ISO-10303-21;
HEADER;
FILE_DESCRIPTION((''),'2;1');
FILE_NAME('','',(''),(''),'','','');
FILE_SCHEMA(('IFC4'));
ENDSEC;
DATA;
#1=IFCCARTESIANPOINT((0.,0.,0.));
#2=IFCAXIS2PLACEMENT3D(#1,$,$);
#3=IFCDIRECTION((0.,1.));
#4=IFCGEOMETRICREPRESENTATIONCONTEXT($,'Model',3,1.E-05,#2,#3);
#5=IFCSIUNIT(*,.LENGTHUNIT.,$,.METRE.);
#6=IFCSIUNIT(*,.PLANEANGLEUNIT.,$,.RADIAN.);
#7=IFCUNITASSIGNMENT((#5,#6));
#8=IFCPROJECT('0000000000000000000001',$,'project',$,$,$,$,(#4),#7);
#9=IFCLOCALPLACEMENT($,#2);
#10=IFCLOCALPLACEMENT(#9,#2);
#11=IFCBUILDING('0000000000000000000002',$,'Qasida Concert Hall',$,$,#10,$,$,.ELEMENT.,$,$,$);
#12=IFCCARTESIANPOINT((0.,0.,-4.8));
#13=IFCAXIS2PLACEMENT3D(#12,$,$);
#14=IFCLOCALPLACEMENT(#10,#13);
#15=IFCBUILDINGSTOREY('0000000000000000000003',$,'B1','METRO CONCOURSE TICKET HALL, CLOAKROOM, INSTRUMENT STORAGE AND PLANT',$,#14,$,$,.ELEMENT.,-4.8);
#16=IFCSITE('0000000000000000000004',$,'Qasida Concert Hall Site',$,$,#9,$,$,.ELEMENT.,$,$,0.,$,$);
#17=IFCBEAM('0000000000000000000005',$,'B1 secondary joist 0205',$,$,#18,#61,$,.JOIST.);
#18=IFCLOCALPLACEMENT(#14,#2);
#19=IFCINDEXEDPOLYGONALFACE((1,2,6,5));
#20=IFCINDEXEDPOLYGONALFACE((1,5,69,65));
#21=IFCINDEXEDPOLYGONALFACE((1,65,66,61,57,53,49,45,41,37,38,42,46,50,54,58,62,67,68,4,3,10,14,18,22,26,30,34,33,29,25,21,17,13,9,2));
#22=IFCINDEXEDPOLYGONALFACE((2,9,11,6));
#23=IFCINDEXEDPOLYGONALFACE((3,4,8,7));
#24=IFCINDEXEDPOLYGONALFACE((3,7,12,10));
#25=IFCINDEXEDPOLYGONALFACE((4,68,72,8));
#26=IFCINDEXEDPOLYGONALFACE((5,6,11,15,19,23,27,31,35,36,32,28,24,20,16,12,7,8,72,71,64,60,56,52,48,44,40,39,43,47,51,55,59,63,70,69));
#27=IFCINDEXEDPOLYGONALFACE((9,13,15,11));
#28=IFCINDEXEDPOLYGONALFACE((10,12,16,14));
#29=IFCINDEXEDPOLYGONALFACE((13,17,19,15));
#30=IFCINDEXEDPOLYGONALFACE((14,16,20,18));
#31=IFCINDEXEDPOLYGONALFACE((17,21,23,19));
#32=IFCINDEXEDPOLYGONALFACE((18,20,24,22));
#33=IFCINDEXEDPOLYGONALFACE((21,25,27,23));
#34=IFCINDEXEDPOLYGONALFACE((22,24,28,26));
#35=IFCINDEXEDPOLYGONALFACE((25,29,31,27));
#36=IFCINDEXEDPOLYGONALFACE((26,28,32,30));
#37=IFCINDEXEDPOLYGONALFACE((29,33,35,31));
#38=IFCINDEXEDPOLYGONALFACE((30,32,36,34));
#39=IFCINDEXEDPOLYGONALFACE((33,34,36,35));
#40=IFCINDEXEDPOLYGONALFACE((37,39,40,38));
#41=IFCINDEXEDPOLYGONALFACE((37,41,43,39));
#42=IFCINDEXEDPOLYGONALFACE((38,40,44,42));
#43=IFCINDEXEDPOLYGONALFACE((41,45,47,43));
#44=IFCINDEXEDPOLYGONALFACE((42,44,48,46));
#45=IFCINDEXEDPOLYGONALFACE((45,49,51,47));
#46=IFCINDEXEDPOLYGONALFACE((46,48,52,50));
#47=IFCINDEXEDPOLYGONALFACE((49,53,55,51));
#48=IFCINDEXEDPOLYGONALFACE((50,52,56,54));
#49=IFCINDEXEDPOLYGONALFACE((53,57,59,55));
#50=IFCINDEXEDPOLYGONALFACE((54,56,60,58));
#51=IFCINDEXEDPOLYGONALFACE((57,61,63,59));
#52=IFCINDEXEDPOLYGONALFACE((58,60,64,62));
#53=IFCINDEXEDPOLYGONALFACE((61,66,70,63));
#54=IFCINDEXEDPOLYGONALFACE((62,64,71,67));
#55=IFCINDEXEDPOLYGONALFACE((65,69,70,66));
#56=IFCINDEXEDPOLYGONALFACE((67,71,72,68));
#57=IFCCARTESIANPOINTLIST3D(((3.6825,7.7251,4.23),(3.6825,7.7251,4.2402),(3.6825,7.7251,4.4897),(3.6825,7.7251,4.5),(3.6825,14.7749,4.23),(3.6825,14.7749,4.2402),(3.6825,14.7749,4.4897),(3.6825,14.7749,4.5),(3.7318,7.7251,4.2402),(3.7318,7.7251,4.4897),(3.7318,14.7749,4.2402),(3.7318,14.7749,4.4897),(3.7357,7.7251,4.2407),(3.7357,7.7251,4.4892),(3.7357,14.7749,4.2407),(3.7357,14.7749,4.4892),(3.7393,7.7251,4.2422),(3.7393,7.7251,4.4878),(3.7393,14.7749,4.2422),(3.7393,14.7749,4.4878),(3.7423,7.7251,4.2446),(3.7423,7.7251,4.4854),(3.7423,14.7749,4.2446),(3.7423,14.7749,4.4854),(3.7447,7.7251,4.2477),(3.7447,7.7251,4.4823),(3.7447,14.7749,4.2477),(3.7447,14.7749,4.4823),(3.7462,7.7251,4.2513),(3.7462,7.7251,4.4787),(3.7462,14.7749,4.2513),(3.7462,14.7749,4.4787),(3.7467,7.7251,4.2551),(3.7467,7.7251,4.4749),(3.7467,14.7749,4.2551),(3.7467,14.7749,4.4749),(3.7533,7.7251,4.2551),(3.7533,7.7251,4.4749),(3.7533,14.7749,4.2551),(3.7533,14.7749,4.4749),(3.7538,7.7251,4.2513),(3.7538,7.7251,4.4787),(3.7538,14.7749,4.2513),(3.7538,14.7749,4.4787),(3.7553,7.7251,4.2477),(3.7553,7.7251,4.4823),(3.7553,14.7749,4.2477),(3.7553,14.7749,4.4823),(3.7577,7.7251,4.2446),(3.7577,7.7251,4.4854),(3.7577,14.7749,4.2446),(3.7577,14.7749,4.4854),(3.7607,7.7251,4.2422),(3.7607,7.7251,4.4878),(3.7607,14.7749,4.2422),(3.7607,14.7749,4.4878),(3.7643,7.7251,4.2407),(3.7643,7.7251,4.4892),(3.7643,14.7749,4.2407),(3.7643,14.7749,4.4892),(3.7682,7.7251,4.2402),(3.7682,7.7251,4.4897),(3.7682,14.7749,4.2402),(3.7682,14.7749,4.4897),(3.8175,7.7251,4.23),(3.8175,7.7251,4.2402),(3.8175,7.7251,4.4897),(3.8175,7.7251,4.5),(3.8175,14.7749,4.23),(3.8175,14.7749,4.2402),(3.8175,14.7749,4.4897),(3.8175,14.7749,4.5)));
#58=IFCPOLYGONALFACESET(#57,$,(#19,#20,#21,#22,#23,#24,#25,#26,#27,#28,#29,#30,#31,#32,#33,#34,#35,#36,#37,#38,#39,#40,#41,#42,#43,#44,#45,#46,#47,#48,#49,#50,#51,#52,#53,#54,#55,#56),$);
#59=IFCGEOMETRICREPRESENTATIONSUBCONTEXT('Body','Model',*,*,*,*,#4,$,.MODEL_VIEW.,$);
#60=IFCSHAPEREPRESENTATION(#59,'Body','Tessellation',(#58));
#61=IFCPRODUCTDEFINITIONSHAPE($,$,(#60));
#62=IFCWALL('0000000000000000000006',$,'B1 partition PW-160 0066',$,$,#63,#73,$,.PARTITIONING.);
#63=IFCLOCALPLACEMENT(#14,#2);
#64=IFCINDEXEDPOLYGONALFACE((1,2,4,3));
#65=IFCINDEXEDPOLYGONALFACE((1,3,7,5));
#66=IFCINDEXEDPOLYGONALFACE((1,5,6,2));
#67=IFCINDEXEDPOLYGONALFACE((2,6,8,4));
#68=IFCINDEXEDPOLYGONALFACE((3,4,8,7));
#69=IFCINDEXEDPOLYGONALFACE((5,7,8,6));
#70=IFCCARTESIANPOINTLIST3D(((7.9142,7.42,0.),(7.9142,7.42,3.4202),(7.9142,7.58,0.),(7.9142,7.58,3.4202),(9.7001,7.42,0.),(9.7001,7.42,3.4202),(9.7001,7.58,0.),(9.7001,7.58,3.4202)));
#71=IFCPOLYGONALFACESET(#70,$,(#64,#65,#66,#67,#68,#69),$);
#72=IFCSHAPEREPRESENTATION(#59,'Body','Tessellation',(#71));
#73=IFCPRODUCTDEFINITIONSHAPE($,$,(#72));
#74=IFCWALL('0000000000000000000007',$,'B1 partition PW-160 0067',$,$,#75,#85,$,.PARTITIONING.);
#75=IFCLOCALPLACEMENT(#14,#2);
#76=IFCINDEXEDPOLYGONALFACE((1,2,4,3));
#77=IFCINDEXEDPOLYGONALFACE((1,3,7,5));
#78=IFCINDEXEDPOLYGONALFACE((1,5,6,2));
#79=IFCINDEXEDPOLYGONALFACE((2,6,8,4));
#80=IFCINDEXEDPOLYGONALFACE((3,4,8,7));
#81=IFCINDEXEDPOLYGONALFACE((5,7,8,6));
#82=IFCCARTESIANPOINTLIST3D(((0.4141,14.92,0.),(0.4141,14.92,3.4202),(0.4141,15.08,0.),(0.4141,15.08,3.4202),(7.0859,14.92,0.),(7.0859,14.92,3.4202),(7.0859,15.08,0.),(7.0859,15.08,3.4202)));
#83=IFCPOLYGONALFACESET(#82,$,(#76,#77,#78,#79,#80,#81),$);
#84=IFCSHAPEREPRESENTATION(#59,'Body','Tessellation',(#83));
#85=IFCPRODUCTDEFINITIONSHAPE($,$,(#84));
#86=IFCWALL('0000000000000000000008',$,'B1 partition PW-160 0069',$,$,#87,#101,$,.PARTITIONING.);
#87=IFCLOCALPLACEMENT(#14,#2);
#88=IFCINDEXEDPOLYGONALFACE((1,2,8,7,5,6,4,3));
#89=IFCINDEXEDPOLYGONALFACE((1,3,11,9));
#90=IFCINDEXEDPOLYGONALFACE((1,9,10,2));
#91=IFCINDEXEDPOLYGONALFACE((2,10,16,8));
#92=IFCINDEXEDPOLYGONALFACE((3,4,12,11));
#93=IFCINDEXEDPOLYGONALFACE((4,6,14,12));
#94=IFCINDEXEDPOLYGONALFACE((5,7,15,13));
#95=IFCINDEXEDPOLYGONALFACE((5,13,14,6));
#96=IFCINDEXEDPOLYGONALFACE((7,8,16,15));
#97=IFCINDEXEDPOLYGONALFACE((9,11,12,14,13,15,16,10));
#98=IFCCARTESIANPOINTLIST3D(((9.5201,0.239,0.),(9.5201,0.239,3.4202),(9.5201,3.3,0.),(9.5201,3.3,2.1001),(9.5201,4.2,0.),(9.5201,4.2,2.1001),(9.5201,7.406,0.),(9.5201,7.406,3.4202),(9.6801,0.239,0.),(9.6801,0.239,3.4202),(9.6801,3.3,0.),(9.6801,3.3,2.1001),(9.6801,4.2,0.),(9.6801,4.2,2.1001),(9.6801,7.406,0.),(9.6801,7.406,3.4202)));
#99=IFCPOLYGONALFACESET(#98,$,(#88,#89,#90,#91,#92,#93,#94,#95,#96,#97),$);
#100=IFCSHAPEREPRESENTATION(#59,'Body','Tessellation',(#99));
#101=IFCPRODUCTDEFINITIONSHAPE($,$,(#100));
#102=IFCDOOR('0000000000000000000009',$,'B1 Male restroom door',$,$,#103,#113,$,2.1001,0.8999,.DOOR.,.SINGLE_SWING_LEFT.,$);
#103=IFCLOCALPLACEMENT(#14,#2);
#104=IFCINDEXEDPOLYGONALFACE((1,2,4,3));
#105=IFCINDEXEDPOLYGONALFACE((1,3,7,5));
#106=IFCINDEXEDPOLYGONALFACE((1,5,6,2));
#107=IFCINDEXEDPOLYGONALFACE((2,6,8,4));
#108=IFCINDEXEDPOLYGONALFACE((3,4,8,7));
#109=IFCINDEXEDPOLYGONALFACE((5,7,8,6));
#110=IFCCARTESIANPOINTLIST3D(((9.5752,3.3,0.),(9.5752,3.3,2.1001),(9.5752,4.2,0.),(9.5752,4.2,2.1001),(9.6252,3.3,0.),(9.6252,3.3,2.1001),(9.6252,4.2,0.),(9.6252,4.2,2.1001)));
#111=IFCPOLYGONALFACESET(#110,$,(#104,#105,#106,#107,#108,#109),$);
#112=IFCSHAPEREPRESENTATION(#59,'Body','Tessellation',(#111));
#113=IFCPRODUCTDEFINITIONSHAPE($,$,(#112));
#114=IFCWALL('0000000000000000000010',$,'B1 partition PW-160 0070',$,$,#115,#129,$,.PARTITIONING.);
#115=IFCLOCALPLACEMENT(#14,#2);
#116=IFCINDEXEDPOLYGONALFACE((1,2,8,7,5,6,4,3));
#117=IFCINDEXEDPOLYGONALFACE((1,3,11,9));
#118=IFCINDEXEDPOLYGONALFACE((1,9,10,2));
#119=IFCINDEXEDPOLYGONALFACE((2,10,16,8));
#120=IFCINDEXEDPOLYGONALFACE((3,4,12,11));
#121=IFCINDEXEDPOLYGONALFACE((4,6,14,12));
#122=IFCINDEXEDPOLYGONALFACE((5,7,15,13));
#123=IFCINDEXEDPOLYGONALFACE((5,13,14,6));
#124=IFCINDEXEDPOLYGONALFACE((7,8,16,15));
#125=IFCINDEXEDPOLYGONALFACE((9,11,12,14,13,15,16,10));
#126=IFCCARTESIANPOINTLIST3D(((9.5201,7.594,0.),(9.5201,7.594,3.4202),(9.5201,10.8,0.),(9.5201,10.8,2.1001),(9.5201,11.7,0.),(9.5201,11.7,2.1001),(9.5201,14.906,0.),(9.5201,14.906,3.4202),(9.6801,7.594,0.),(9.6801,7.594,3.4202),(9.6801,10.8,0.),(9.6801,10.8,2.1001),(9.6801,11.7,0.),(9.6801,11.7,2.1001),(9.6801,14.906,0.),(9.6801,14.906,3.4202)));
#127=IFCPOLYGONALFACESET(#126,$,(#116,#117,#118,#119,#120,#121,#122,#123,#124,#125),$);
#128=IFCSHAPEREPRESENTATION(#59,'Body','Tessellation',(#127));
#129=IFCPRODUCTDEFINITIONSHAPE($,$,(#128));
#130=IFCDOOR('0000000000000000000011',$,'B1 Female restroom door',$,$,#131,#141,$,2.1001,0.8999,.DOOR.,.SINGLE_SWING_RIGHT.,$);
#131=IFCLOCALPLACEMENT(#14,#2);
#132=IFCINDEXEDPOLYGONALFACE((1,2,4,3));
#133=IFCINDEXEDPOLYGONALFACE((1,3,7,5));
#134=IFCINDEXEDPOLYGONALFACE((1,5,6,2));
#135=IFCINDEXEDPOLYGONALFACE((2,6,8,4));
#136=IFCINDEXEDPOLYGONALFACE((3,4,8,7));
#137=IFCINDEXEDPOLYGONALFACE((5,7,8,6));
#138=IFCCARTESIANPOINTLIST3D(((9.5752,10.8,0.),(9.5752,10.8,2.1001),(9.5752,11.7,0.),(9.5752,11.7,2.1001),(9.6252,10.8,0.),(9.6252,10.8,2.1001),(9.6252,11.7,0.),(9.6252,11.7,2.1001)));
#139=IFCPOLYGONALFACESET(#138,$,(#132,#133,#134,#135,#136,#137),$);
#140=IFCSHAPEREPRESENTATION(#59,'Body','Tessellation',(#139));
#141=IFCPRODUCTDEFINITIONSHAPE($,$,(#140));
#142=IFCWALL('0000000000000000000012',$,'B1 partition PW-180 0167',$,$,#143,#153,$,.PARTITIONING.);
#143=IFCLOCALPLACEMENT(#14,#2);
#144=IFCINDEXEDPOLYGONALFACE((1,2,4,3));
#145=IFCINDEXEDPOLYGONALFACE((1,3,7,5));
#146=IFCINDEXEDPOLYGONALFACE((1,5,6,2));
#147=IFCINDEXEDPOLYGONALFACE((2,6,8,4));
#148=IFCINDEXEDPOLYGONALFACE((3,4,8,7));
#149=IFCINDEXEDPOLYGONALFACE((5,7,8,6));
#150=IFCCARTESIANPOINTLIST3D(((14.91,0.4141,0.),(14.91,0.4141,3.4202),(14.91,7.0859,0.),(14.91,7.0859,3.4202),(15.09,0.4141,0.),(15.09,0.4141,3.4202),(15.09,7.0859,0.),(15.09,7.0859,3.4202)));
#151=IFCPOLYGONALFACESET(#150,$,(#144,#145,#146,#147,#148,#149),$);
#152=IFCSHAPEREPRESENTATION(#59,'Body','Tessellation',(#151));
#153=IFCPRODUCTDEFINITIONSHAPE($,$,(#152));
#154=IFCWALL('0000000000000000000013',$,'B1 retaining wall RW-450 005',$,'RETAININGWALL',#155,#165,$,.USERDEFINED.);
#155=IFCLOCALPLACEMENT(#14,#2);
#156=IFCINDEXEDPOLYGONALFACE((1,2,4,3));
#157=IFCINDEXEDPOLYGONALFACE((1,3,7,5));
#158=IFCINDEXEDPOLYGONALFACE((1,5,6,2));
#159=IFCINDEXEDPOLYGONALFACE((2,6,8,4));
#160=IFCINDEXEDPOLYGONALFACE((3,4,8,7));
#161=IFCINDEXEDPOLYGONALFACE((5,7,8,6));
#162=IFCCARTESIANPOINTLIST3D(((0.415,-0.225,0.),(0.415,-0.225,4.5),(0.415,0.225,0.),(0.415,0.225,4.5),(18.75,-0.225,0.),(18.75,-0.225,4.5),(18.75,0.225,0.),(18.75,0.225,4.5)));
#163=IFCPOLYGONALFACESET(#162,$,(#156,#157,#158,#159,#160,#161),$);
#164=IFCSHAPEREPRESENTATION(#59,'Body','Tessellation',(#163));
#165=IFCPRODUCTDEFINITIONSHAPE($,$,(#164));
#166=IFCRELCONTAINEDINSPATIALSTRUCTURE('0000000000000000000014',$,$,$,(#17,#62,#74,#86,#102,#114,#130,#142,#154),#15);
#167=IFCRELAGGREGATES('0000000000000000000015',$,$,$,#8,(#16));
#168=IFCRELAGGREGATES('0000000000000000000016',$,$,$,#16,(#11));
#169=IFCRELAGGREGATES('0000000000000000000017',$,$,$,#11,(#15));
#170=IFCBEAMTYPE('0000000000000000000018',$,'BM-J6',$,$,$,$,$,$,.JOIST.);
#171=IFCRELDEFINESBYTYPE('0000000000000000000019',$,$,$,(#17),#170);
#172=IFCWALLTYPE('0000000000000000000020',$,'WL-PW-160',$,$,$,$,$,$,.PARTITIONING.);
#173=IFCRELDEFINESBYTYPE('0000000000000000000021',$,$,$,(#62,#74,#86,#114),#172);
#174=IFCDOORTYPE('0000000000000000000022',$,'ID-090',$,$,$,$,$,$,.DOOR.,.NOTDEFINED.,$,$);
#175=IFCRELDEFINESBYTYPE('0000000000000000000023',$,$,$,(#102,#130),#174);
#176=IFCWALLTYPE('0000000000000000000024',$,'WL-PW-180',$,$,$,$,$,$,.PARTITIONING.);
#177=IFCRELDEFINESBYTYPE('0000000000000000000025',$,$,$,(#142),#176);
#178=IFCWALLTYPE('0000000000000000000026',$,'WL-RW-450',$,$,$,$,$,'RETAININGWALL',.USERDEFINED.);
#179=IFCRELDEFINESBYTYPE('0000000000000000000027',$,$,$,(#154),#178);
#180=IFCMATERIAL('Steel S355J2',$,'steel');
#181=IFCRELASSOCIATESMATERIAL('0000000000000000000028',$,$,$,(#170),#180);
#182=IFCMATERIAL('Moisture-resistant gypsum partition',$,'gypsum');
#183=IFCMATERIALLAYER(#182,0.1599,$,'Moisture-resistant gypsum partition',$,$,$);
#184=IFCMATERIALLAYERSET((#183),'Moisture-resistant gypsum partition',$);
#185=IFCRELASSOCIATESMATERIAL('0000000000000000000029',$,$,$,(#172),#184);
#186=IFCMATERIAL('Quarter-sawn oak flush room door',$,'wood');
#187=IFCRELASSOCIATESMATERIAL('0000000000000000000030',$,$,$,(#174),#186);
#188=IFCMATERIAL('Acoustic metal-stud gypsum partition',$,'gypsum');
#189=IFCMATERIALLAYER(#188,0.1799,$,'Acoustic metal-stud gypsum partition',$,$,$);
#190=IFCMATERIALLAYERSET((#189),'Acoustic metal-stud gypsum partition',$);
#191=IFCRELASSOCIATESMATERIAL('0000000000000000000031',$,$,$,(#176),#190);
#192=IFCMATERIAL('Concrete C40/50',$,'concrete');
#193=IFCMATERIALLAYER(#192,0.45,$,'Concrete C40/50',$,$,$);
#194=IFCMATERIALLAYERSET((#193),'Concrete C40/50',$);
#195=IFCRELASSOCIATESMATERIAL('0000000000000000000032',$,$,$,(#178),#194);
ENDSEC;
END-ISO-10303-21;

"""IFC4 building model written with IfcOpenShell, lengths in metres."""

from ifc_helpers import new_model, si_unit, direction, frame, frame_2d, origin, origin_2d, place, context, subcontext, project, spatial, rectangle, i_section, extrude, material, layer, layer_set, material_profile, profile_set, type_object, element, fill, save


model = new_model("IFC4")

# Units and contexts
model_context = context("Model", 3, precision=1e-05, world=origin(), true_north=direction((0.0, 1.0)))
body_context = subcontext(model_context, "Body", "Model", "MODEL_VIEW")
ifc_project = project(units=[si_unit("LENGTHUNIT", "METRE"), si_unit("PLANEANGLEUNIT", "RADIAN")], contexts=[model_context])

# Site, building, storey
site_placement = place(None, origin())
site = spatial("IfcSite", under=ifc_project, at=site_placement, Name="Qasida Concert Hall Site", CompositionType="ELEMENT", RefElevation=0.0)
building_placement = place(site_placement, origin())
building = spatial("IfcBuilding", under=site, at=building_placement, Name="Qasida Concert Hall", CompositionType="ELEMENT")
storey_placement = place(building_placement, frame((0.0, 0.0, -4.8)))
storey = spatial("IfcBuildingStorey", under=building, at=storey_placement, Name="B1", Description="METRO CONCOURSE TICKET HALL, CLOAKROOM, INSTRUMENT STORAGE AND PLANT", CompositionType="ELEMENT", Elevation=-4.8)

# Shared definitions
ifc_material_1 = material(Name="Concrete C40/50", Category="concrete")

# Beam
ifc_material_2 = material(Name="Steel S355J2", Category="steel")
ifc_material_profile_1 = material_profile(ifc_material_2, i_section(OverallWidth=0.135, OverallDepth=0.27, WebThickness=0.0066, FlangeThickness=0.0103, FilletRadius=0.0149, at=origin_2d()), Name="IPE 270")
ifc_profile_set_1 = profile_set([ifc_material_profile_1], Name="Steel S355J2")
beam_type_1 = type_object("IfcBeamType", Name="BM-J6", PredefinedType="JOIST", material=ifc_profile_set_1)
beam_1_placement = place(storey_placement, frame((3.75, 7.7251, 4.365), z_axis=(0.0, 1.0, 0.0), x_axis=(-1.0, 0.0, 0.0)))
element("IfcBeam", 1, at=beam_1_placement, inside=storey, type_object=beam_type_1, Name="B1 secondary joist 0205", PredefinedType="JOIST", context=body_context, shape_type="SweptSolid", body=[
    extrude(i_section(OverallWidth=0.135, OverallDepth=0.27, WebThickness=0.0066, FlangeThickness=0.0103, FilletRadius=0.0149, at=origin_2d()), origin(), (0.0, 0.0, 1.0), 7.0498),
])

# Walls
ifc_material_3 = material(Name="Moisture-resistant gypsum partition", Category="gypsum")
ifc_layer_1 = layer(ifc_material_3, 0.1599, Name="Moisture-resistant gypsum partition")
ifc_layer_set_1 = layer_set([ifc_layer_1], Name="Moisture-resistant gypsum partition")
wall_type_1 = type_object("IfcWallType", Name="WL-PW-160", PredefinedType="PARTITIONING", material=ifc_layer_set_1)
wall_1_placement = place(storey_placement, frame((7.9141, 7.5, 0.0), z_axis=(0.0, 0.0, 1.0), x_axis=(1.0, 0.0, 0.0)))
element("IfcWall", 2, at=wall_1_placement, inside=storey, type_object=wall_type_1, Name="B1 partition PW-160 0066", PredefinedType="PARTITIONING", context=body_context, shape_type="SweptSolid", body=[
    extrude(rectangle(XDim=1.7859, YDim=0.1599, at=frame_2d((0.8931, 0.0))), origin(), (0.0, 0.0, 1.0), 3.4202),
])
wall_2_placement = place(storey_placement, frame((0.4141, 15.0, 0.0), z_axis=(0.0, 0.0, 1.0), x_axis=(1.0, 0.0, 0.0)))
element("IfcWall", 3, at=wall_2_placement, inside=storey, type_object=wall_type_1, Name="B1 partition PW-160 0067", PredefinedType="PARTITIONING", context=body_context, shape_type="SweptSolid", body=[
    extrude(rectangle(XDim=6.6719, YDim=0.1599, at=frame_2d((3.3359, 0.0))), origin(), (0.0, 0.0, 1.0), 3.4202),
])

# Walls, openings, doors
wall_3_placement = place(storey_placement, frame((9.6001, 0.239, 0.0), z_axis=(0.0, 0.0, 1.0), x_axis=(0.0, 1.0, 0.0)))
wall_3 = element("IfcWall", 4, at=wall_3_placement, inside=storey, type_object=wall_type_1, Name="B1 partition PW-160 0069", PredefinedType="PARTITIONING", context=body_context, shape_type="SweptSolid", body=[
    extrude(rectangle(XDim=7.167, YDim=0.1599, at=frame_2d((3.5835, 0.0))), origin(), (0.0, 0.0, 1.0), 3.4202),
])
opening_1_placement = place(wall_3_placement, frame((3.061, 0.0, 0.0)))
opening_1 = element("IfcOpeningElement", 5, at=opening_1_placement, cuts=wall_3, PredefinedType="OPENING", context=body_context, shape_type="SweptSolid", body=[
    extrude(rectangle(XDim=0.8999, YDim=2.1001, at=frame_2d((0.45, 1.05))), frame((0.0, 0.0898, 0.0), z_axis=(0.0, -1.0, 0.0), x_axis=(1.0, 0.0, 0.0)), (0.0, 0.0, 1.0), 0.1799),
])
ifc_material_4 = material(Name="Quarter-sawn oak flush room door", Category="wood")
door_type_1 = type_object("IfcDoorType", Name="ID-090", OperationType="NOTDEFINED", PredefinedType="DOOR", material=ifc_material_4)
door_1_placement = place(opening_1_placement, origin())
door_1 = element("IfcDoor", 6, at=door_1_placement, inside=storey, type_object=door_type_1, Name="B1 Male restroom door", OperationType="SINGLE_SWING_LEFT", OverallHeight=2.1001, OverallWidth=0.8999, PredefinedType="DOOR", context=body_context, shape_type="SweptSolid", body=[
    extrude(rectangle(XDim=0.8999, YDim=2.1001, at=frame_2d((0.45, 1.05))), frame((0.0, 0.0249, 0.0), z_axis=(0.0, -1.0, 0.0), x_axis=(1.0, 0.0, 0.0)), (0.0, 0.0, 1.0), 0.05),
])
fill(opening_1, door_1)
wall_4_placement = place(storey_placement, frame((9.6001, 7.594, 0.0), z_axis=(0.0, 0.0, 1.0), x_axis=(0.0, 1.0, 0.0)))
wall_4 = element("IfcWall", 7, at=wall_4_placement, inside=storey, type_object=wall_type_1, Name="B1 partition PW-160 0070", PredefinedType="PARTITIONING", context=body_context, shape_type="SweptSolid", body=[
    extrude(rectangle(XDim=7.312, YDim=0.1599, at=frame_2d((3.656, 0.0))), origin(), (0.0, 0.0, 1.0), 3.4202),
])
opening_2_placement = place(wall_4_placement, frame((3.2061, 0.0, 0.0)))
opening_2 = element("IfcOpeningElement", 8, at=opening_2_placement, cuts=wall_4, PredefinedType="OPENING", context=body_context, shape_type="SweptSolid", body=[
    extrude(rectangle(XDim=0.8999, YDim=2.1001, at=frame_2d((0.45, 1.05))), frame((0.0, 0.0898, 0.0), z_axis=(0.0, -1.0, 0.0), x_axis=(1.0, 0.0, 0.0)), (0.0, 0.0, 1.0), 0.1799),
])
door_2_placement = place(opening_2_placement, origin())
door_2 = element("IfcDoor", 9, at=door_2_placement, inside=storey, type_object=door_type_1, Name="B1 Female restroom door", OperationType="SINGLE_SWING_RIGHT", OverallHeight=2.1001, OverallWidth=0.8999, PredefinedType="DOOR", context=body_context, shape_type="SweptSolid", body=[
    extrude(rectangle(XDim=0.8999, YDim=2.1001, at=frame_2d((0.45, 1.05))), frame((0.0, 0.0249, 0.0), z_axis=(0.0, -1.0, 0.0), x_axis=(1.0, 0.0, 0.0)), (0.0, 0.0, 1.0), 0.05),
])
fill(opening_2, door_2)

# Wall
ifc_material_5 = material(Name="Acoustic metal-stud gypsum partition", Category="gypsum")
ifc_layer_2 = layer(ifc_material_5, 0.1799, Name="Acoustic metal-stud gypsum partition")
ifc_layer_set_2 = layer_set([ifc_layer_2], Name="Acoustic metal-stud gypsum partition")
wall_type_2 = type_object("IfcWallType", Name="WL-PW-180", PredefinedType="PARTITIONING", material=ifc_layer_set_2)
wall_5_placement = place(storey_placement, frame((15.0, 0.4141, 0.0), z_axis=(0.0, 0.0, 1.0), x_axis=(0.0, 1.0, 0.0)))
element("IfcWall", 10, at=wall_5_placement, inside=storey, type_object=wall_type_2, Name="B1 partition PW-180 0167", PredefinedType="PARTITIONING", context=body_context, shape_type="SweptSolid", body=[
    extrude(rectangle(XDim=6.6719, YDim=0.1799, at=frame_2d((3.3359, 0.0))), origin(), (0.0, 0.0, 1.0), 3.4202),
])

# Wall
ifc_layer_3 = layer(ifc_material_1, 0.45, Name="Concrete C40/50")
ifc_layer_set_3 = layer_set([ifc_layer_3], Name="Concrete C40/50")
wall_type_3 = type_object("IfcWallType", Name="WL-RW-450", ElementType="RETAININGWALL", PredefinedType="USERDEFINED", material=ifc_layer_set_3)
wall_6_placement = place(storey_placement, frame((0.415, 0.0, 0.0), z_axis=(0.0, 0.0, 1.0), x_axis=(1.0, 0.0, 0.0)))
element("IfcWall", 11, at=wall_6_placement, inside=storey, type_object=wall_type_3, Name="B1 retaining wall RW-450 005", ObjectType="RETAININGWALL", PredefinedType="USERDEFINED", context=body_context, shape_type="SweptSolid", body=[
    extrude(rectangle(XDim=18.335, YDim=0.45, at=frame_2d((9.1675, 0.0))), origin(), (0.0, 0.0, 1.0), 4.5),
])

save(model, "model.ifc")
